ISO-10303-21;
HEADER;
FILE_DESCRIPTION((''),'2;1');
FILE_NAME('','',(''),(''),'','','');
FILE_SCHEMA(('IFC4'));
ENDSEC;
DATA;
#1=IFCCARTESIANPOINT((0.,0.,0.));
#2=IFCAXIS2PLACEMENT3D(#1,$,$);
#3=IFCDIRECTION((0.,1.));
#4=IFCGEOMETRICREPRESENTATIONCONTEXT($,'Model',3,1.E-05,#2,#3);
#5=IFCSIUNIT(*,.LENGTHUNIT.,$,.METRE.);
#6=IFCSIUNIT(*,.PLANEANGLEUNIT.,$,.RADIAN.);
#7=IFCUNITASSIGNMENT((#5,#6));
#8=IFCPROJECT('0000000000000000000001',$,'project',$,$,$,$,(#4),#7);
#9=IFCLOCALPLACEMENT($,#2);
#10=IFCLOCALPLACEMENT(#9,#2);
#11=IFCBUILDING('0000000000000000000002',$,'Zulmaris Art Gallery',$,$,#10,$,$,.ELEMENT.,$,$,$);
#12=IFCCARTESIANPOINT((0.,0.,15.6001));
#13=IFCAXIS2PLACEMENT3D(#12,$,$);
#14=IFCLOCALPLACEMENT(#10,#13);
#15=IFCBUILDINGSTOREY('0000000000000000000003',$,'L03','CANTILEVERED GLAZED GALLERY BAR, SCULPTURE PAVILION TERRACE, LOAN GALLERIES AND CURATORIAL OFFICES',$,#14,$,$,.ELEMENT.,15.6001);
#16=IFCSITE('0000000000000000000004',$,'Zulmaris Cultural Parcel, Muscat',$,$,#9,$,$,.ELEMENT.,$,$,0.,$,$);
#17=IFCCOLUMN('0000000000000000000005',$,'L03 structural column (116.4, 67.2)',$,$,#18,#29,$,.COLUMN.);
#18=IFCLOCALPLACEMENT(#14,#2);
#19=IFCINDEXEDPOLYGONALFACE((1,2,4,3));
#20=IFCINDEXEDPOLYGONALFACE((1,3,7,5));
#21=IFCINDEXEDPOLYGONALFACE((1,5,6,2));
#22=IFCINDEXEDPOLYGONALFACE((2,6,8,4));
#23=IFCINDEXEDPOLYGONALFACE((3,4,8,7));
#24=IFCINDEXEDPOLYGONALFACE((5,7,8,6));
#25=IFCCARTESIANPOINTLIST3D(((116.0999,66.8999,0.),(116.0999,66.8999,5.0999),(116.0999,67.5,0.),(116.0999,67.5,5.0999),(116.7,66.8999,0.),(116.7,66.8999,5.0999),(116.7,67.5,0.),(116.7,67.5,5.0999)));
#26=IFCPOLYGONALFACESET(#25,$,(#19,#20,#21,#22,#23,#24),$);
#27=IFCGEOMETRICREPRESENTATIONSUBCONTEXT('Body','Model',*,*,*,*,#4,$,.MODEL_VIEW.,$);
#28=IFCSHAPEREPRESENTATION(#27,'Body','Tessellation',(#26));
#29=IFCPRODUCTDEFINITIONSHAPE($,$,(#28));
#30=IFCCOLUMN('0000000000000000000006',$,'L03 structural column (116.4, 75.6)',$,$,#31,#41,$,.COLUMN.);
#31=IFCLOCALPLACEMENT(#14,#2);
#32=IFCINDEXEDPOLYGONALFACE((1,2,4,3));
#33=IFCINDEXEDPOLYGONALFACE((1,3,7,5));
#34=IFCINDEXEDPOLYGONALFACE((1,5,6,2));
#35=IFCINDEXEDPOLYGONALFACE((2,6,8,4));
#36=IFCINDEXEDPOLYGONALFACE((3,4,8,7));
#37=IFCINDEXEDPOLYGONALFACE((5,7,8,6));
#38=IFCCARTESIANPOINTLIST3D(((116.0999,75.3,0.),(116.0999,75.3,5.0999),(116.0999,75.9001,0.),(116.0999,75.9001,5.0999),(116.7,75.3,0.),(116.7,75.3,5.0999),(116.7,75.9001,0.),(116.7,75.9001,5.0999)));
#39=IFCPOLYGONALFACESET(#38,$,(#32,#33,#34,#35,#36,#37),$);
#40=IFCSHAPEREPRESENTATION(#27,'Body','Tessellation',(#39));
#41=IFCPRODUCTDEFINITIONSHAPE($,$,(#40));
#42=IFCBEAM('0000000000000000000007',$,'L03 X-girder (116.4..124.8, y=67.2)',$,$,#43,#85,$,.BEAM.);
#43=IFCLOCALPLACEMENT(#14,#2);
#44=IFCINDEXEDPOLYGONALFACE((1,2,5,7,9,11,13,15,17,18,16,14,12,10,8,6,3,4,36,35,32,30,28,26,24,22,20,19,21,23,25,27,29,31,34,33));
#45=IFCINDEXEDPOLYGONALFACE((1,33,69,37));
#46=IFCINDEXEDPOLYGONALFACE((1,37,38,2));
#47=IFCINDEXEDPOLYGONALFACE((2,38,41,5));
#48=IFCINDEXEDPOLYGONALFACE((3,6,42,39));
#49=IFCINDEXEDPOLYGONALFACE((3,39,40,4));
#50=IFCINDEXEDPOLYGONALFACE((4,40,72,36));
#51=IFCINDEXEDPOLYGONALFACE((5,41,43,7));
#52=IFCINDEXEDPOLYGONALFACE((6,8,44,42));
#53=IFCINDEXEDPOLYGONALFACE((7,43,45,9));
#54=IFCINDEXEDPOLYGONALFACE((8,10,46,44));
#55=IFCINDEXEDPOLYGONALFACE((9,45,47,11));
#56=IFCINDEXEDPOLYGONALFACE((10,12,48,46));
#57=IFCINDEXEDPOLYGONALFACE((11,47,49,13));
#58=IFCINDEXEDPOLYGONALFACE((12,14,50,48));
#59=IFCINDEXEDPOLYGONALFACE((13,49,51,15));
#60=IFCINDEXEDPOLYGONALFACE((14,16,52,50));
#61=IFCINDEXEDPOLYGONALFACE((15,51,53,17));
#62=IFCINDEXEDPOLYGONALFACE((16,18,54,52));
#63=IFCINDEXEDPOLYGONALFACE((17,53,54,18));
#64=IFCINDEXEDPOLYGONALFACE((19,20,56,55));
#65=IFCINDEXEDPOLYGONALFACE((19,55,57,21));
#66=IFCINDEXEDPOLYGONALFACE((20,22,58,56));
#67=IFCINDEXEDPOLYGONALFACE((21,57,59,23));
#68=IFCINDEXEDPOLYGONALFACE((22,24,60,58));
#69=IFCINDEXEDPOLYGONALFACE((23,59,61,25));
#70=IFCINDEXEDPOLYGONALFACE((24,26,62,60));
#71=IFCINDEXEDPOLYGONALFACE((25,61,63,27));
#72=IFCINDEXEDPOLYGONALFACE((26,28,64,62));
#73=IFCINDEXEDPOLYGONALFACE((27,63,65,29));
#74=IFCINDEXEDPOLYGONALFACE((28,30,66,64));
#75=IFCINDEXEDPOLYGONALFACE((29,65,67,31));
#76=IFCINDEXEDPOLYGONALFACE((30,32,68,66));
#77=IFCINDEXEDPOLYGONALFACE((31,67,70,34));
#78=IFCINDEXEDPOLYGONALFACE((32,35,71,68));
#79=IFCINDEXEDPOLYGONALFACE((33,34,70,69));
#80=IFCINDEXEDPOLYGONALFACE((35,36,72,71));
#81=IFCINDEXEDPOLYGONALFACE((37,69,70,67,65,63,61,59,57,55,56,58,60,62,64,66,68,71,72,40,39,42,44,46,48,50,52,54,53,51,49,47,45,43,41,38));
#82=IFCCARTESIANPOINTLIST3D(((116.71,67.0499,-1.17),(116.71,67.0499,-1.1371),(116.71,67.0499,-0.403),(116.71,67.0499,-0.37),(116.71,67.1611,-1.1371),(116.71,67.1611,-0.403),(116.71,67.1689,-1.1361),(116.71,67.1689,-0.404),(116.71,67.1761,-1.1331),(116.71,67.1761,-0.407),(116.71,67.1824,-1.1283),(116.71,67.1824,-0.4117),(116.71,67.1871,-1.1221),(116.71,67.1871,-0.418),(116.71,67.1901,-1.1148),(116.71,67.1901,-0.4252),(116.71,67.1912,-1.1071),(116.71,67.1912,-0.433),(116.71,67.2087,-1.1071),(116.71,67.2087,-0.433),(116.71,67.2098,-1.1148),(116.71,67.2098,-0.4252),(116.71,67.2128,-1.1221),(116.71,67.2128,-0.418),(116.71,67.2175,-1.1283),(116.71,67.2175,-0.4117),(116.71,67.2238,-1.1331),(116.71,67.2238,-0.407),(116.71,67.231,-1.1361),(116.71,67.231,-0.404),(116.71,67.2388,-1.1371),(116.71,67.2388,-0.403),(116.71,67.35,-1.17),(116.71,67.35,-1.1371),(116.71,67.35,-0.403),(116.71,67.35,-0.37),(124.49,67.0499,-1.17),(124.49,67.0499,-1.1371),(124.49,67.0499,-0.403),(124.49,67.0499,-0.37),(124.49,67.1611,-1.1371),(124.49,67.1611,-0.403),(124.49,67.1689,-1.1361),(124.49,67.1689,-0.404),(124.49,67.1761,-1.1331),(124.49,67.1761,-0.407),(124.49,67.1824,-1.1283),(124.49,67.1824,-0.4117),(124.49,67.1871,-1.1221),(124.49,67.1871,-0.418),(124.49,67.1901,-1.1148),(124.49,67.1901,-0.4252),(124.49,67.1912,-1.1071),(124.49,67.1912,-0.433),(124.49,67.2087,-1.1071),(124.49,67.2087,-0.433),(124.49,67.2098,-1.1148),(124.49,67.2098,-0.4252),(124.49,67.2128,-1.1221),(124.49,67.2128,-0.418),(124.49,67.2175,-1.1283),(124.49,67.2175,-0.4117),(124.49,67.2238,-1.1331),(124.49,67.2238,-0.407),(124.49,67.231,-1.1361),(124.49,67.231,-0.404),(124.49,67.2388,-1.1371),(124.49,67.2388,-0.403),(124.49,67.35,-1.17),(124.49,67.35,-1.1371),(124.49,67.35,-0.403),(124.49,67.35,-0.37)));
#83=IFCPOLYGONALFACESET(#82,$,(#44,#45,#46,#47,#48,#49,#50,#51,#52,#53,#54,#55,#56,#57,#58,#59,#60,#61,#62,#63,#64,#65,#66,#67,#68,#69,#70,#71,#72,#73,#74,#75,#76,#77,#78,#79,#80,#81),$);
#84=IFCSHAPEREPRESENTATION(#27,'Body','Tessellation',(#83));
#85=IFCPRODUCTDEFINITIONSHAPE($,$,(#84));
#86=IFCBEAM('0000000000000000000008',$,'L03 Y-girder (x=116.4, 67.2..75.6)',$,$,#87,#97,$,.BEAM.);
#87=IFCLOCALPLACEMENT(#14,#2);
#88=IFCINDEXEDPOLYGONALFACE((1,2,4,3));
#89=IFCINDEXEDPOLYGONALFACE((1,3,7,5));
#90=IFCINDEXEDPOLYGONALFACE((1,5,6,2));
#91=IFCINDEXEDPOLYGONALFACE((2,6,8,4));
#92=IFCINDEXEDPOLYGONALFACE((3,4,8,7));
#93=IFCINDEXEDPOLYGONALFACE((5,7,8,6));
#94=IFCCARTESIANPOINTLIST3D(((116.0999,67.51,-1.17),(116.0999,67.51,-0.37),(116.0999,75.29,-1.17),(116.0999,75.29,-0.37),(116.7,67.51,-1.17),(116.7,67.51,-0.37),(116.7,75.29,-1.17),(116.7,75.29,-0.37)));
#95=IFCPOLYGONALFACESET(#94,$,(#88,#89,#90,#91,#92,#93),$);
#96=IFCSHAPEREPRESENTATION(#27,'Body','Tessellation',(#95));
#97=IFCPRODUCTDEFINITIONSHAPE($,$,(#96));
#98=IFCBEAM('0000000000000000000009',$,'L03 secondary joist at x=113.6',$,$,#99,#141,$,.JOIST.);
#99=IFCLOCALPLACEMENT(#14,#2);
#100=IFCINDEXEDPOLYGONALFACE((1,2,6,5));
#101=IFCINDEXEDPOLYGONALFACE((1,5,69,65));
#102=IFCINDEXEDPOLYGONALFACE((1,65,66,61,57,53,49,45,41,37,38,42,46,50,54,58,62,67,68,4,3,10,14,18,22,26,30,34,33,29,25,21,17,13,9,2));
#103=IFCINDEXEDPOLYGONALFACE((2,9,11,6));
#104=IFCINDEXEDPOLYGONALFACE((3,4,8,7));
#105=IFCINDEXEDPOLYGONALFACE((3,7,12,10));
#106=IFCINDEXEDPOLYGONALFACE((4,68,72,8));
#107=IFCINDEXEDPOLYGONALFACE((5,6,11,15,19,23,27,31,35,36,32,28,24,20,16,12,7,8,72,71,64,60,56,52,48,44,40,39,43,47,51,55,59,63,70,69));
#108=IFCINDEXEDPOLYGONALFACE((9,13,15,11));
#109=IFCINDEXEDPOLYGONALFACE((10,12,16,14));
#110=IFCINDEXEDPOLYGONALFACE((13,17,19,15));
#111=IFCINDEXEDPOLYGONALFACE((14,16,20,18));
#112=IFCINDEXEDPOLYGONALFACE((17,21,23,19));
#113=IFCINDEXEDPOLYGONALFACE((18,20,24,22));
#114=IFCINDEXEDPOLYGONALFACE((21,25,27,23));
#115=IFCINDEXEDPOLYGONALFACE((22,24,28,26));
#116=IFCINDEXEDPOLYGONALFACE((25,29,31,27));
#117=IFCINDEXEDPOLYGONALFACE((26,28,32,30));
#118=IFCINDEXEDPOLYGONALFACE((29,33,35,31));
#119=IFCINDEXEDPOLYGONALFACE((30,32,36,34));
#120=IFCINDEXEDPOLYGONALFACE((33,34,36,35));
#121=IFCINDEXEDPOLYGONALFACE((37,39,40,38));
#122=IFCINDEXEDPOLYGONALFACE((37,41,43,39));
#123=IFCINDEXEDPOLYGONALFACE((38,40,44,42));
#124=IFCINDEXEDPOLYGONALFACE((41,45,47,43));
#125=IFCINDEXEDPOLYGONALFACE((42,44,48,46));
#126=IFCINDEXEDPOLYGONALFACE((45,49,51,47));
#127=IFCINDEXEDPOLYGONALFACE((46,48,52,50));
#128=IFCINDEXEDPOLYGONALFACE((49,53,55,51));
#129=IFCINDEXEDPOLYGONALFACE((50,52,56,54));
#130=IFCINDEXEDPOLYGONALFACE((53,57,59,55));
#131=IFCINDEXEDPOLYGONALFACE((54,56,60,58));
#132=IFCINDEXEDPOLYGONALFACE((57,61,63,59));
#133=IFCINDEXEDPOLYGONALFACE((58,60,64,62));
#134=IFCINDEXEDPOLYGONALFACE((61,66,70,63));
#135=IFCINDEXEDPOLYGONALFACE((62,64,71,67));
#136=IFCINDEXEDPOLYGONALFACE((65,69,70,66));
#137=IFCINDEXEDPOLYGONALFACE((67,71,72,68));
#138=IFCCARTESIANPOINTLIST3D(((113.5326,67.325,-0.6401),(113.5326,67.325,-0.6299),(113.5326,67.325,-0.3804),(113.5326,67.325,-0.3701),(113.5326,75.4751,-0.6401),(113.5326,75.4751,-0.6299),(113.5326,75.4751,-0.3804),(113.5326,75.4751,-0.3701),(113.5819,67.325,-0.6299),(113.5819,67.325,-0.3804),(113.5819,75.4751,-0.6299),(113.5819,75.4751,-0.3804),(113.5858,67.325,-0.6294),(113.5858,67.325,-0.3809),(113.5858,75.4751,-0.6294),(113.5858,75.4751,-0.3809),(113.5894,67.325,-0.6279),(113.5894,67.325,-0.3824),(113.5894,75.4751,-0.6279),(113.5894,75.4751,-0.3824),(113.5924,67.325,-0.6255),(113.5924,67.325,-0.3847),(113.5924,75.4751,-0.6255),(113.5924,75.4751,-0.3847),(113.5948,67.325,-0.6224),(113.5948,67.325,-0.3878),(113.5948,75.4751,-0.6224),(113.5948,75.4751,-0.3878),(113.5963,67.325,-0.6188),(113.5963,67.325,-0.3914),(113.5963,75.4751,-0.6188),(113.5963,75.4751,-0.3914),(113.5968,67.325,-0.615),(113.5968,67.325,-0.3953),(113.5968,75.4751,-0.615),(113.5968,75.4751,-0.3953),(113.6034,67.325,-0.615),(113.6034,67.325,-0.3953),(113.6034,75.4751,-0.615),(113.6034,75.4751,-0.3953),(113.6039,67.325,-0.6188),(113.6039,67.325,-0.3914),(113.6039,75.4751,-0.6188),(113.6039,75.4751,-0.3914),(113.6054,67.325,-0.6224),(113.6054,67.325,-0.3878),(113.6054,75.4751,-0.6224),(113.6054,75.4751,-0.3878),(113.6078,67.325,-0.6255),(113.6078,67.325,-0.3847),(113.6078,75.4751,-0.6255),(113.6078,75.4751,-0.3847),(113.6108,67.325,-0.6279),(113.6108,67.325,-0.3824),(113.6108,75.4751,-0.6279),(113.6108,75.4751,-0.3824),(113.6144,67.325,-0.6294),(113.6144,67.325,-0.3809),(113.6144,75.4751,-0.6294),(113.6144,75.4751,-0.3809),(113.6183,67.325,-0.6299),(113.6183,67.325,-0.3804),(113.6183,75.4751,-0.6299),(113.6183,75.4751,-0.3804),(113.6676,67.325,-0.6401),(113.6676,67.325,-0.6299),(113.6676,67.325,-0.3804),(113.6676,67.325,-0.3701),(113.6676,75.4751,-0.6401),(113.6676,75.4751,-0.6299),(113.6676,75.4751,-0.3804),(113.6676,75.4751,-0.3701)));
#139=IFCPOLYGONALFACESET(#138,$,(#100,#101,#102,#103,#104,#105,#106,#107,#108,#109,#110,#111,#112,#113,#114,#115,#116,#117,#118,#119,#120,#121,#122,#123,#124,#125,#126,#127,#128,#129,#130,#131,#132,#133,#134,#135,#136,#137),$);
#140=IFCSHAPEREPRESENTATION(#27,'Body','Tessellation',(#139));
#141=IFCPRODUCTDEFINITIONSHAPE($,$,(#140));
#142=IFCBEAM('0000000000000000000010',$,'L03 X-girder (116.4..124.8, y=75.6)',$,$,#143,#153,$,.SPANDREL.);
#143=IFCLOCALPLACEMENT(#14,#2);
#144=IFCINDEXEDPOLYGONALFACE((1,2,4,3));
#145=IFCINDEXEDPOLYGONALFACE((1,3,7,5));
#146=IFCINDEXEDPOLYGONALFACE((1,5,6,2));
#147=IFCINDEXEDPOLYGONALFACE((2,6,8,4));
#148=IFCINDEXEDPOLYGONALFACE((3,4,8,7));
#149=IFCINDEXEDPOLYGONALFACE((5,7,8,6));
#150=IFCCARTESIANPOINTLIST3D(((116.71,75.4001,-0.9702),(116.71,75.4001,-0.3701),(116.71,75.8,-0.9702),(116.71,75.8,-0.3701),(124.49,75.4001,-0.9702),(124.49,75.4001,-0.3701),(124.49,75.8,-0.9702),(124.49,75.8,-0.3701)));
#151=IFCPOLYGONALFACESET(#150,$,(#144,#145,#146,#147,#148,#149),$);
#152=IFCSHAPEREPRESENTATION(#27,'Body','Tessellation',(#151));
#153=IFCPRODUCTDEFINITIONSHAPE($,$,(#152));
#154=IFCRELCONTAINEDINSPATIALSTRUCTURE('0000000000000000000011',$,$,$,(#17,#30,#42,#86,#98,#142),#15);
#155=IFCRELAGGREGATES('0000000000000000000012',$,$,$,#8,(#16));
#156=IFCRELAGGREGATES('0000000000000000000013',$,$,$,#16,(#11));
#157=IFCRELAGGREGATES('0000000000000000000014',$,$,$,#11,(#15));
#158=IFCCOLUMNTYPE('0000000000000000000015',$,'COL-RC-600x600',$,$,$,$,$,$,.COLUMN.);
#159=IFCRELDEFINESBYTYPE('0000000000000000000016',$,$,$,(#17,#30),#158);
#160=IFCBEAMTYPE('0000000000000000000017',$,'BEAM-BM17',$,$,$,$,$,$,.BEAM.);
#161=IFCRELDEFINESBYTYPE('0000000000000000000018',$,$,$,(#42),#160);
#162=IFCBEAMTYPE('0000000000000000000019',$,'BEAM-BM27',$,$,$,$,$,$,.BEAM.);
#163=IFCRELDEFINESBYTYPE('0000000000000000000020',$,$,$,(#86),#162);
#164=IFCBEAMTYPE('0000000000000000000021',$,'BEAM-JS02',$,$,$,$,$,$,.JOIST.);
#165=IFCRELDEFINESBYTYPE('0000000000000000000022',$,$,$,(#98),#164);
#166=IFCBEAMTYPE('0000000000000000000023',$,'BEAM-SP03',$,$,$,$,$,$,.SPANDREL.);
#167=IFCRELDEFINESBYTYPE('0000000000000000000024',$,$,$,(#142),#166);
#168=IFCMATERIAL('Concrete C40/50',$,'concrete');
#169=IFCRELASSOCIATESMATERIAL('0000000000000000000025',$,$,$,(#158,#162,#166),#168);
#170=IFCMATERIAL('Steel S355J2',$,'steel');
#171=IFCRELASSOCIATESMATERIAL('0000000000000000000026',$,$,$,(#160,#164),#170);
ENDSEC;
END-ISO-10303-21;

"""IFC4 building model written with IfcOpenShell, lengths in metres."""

from ifc_helpers import new_model, si_unit, direction, frame, origin, origin_2d, place, context, subcontext, project, spatial, rectangle, i_section, extrude, material, material_profile, profile_set, type_object, element, save


model = new_model("IFC4")

# Units and contexts
model_context = context("Model", 3, precision=1e-05, world=origin(), true_north=direction((0.0, 1.0)))
body_context = subcontext(model_context, "Body", "Model", "MODEL_VIEW")
ifc_project = project(units=[si_unit("LENGTHUNIT", "METRE"), si_unit("PLANEANGLEUNIT", "RADIAN")], contexts=[model_context])

# Site, building, storey
site_placement = place(None, origin())
site = spatial("IfcSite", under=ifc_project, at=site_placement, Name="Zulmaris Cultural Parcel, Muscat", CompositionType="ELEMENT", RefElevation=0.0)
building_placement = place(site_placement, origin())
building = spatial("IfcBuilding", under=site, at=building_placement, Name="Zulmaris Art Gallery", CompositionType="ELEMENT")
storey_placement = place(building_placement, frame((0.0, 0.0, 15.6001)))
storey = spatial("IfcBuildingStorey", under=building, at=storey_placement, Name="L03", Description="CANTILEVERED GLAZED GALLERY BAR, SCULPTURE PAVILION TERRACE, LOAN GALLERIES AND CURATORIAL OFFICES", CompositionType="ELEMENT", Elevation=15.6001)

# Columns
ifc_material_1 = material(Name="Concrete C40/50", Category="concrete")
ifc_material_profile_1 = material_profile(ifc_material_1, rectangle(XDim=0.6001, YDim=0.6001, at=origin_2d()), Name="RC 600x600")
ifc_profile_set_1 = profile_set([ifc_material_profile_1], Name="Concrete C40/50")
column_type = type_object("IfcColumnType", Name="COL-RC-600x600", PredefinedType="COLUMN", material=ifc_profile_set_1)
for number, where, z_axis, x_axis, name in (
    (1, (116.3999, 67.2, 0.0), (0.0, 0.0, 1.0), (1.0, 0.0, 0.0), "L03 structural column (116.4, 67.2)"),
    (2, (116.3999, 75.6001, 0.0), (0.0, 0.0, 1.0), (1.0, 0.0, 0.0), "L03 structural column (116.4, 75.6)"),
):
    element("IfcColumn", number, at=place(storey_placement, frame(where, z_axis=z_axis, x_axis=x_axis)), inside=storey, type_object=column_type, Name=name, PredefinedType="COLUMN", context=body_context, shape_type="SweptSolid", body=[
        extrude(rectangle(XDim=0.6001, YDim=0.6001, at=origin_2d()), origin(), (0.0, 0.0, 1.0), 5.0999),
    ])

# Beams
ifc_material_2 = material(Name="Steel S355J2", Category="steel")
ifc_material_profile_2 = material_profile(ifc_material_2, i_section(OverallWidth=0.3, OverallDepth=0.8, WebThickness=0.0176, FlangeThickness=0.033, FilletRadius=0.03, at=origin_2d()), Name="HEB 800")
ifc_profile_set_2 = profile_set([ifc_material_profile_2], Name="Steel S355J2")
beam_type_1 = type_object("IfcBeamType", Name="BEAM-BM17", PredefinedType="BEAM", material=ifc_profile_set_2)
beam_1_placement = place(storey_placement, frame((116.71, 67.2, -0.77), z_axis=(1.0, 0.0, 0.0), x_axis=(0.0, 1.0, 0.0)))
element("IfcBeam", 3, at=beam_1_placement, inside=storey, type_object=beam_type_1, Name="L03 X-girder (116.4..124.8, y=67.2)", PredefinedType="BEAM", context=body_context, shape_type="SweptSolid", body=[
    extrude(i_section(OverallWidth=0.3, OverallDepth=0.8, WebThickness=0.0176, FlangeThickness=0.033, FilletRadius=0.03, at=origin_2d()), origin(), (0.0, 0.0, 1.0), 7.78),
])
ifc_material_profile_3 = material_profile(ifc_material_1, rectangle(XDim=0.6001, YDim=0.8, at=origin_2d()), Name="RC 600x800")
ifc_profile_set_3 = profile_set([ifc_material_profile_3], Name="Concrete C40/50")
beam_type_2 = type_object("IfcBeamType", Name="BEAM-BM27", PredefinedType="BEAM", material=ifc_profile_set_3)
beam_2_placement = place(storey_placement, frame((116.3999, 67.51, -0.77), z_axis=(0.0, 1.0, 0.0), x_axis=(-1.0, 0.0, 0.0)))
element("IfcBeam", 4, at=beam_2_placement, inside=storey, type_object=beam_type_2, Name="L03 Y-girder (x=116.4, 67.2..75.6)", PredefinedType="BEAM", context=body_context, shape_type="SweptSolid", body=[
    extrude(rectangle(XDim=0.6001, YDim=0.8, at=origin_2d()), origin(), (0.0, 0.0, 1.0), 7.78),
])
ifc_material_profile_4 = material_profile(ifc_material_2, i_section(OverallWidth=0.135, OverallDepth=0.27, WebThickness=0.0066, FlangeThickness=0.0103, FilletRadius=0.0149, at=origin_2d()), Name="IPE 270")
ifc_profile_set_4 = profile_set([ifc_material_profile_4], Name="Steel S355J2")
beam_type_3 = type_object("IfcBeamType", Name="BEAM-JS02", PredefinedType="JOIST", material=ifc_profile_set_4)
beam_3_placement = place(storey_placement, frame((113.6001, 67.325, -0.5051), z_axis=(0.0, 1.0, 0.0), x_axis=(-1.0, 0.0, 0.0)))
element("IfcBeam", 5, at=beam_3_placement, inside=storey, type_object=beam_type_3, Name="L03 secondary joist at x=113.6", PredefinedType="JOIST", context=body_context, shape_type="SweptSolid", body=[
    extrude(i_section(OverallWidth=0.135, OverallDepth=0.27, WebThickness=0.0066, FlangeThickness=0.0103, FilletRadius=0.0149, at=origin_2d()), origin(), (0.0, 0.0, 1.0), 8.1501),
])
ifc_material_profile_5 = material_profile(ifc_material_1, rectangle(XDim=0.3999, YDim=0.6001, at=origin_2d()), Name="RC 400x600")
ifc_profile_set_5 = profile_set([ifc_material_profile_5], Name="Concrete C40/50")
beam_type_4 = type_object("IfcBeamType", Name="BEAM-SP03", PredefinedType="SPANDREL", material=ifc_profile_set_5)
beam_4_placement = place(storey_placement, frame((116.71, 75.6001, -0.6702), z_axis=(1.0, 0.0, 0.0), x_axis=(0.0, 1.0, 0.0)))
element("IfcBeam", 6, at=beam_4_placement, inside=storey, type_object=beam_type_4, Name="L03 X-girder (116.4..124.8, y=75.6)", PredefinedType="SPANDREL", context=body_context, shape_type="SweptSolid", body=[
    extrude(rectangle(XDim=0.3999, YDim=0.6001, at=origin_2d()), origin(), (0.0, 0.0, 1.0), 7.78),
])

save(model, "model.ifc")
